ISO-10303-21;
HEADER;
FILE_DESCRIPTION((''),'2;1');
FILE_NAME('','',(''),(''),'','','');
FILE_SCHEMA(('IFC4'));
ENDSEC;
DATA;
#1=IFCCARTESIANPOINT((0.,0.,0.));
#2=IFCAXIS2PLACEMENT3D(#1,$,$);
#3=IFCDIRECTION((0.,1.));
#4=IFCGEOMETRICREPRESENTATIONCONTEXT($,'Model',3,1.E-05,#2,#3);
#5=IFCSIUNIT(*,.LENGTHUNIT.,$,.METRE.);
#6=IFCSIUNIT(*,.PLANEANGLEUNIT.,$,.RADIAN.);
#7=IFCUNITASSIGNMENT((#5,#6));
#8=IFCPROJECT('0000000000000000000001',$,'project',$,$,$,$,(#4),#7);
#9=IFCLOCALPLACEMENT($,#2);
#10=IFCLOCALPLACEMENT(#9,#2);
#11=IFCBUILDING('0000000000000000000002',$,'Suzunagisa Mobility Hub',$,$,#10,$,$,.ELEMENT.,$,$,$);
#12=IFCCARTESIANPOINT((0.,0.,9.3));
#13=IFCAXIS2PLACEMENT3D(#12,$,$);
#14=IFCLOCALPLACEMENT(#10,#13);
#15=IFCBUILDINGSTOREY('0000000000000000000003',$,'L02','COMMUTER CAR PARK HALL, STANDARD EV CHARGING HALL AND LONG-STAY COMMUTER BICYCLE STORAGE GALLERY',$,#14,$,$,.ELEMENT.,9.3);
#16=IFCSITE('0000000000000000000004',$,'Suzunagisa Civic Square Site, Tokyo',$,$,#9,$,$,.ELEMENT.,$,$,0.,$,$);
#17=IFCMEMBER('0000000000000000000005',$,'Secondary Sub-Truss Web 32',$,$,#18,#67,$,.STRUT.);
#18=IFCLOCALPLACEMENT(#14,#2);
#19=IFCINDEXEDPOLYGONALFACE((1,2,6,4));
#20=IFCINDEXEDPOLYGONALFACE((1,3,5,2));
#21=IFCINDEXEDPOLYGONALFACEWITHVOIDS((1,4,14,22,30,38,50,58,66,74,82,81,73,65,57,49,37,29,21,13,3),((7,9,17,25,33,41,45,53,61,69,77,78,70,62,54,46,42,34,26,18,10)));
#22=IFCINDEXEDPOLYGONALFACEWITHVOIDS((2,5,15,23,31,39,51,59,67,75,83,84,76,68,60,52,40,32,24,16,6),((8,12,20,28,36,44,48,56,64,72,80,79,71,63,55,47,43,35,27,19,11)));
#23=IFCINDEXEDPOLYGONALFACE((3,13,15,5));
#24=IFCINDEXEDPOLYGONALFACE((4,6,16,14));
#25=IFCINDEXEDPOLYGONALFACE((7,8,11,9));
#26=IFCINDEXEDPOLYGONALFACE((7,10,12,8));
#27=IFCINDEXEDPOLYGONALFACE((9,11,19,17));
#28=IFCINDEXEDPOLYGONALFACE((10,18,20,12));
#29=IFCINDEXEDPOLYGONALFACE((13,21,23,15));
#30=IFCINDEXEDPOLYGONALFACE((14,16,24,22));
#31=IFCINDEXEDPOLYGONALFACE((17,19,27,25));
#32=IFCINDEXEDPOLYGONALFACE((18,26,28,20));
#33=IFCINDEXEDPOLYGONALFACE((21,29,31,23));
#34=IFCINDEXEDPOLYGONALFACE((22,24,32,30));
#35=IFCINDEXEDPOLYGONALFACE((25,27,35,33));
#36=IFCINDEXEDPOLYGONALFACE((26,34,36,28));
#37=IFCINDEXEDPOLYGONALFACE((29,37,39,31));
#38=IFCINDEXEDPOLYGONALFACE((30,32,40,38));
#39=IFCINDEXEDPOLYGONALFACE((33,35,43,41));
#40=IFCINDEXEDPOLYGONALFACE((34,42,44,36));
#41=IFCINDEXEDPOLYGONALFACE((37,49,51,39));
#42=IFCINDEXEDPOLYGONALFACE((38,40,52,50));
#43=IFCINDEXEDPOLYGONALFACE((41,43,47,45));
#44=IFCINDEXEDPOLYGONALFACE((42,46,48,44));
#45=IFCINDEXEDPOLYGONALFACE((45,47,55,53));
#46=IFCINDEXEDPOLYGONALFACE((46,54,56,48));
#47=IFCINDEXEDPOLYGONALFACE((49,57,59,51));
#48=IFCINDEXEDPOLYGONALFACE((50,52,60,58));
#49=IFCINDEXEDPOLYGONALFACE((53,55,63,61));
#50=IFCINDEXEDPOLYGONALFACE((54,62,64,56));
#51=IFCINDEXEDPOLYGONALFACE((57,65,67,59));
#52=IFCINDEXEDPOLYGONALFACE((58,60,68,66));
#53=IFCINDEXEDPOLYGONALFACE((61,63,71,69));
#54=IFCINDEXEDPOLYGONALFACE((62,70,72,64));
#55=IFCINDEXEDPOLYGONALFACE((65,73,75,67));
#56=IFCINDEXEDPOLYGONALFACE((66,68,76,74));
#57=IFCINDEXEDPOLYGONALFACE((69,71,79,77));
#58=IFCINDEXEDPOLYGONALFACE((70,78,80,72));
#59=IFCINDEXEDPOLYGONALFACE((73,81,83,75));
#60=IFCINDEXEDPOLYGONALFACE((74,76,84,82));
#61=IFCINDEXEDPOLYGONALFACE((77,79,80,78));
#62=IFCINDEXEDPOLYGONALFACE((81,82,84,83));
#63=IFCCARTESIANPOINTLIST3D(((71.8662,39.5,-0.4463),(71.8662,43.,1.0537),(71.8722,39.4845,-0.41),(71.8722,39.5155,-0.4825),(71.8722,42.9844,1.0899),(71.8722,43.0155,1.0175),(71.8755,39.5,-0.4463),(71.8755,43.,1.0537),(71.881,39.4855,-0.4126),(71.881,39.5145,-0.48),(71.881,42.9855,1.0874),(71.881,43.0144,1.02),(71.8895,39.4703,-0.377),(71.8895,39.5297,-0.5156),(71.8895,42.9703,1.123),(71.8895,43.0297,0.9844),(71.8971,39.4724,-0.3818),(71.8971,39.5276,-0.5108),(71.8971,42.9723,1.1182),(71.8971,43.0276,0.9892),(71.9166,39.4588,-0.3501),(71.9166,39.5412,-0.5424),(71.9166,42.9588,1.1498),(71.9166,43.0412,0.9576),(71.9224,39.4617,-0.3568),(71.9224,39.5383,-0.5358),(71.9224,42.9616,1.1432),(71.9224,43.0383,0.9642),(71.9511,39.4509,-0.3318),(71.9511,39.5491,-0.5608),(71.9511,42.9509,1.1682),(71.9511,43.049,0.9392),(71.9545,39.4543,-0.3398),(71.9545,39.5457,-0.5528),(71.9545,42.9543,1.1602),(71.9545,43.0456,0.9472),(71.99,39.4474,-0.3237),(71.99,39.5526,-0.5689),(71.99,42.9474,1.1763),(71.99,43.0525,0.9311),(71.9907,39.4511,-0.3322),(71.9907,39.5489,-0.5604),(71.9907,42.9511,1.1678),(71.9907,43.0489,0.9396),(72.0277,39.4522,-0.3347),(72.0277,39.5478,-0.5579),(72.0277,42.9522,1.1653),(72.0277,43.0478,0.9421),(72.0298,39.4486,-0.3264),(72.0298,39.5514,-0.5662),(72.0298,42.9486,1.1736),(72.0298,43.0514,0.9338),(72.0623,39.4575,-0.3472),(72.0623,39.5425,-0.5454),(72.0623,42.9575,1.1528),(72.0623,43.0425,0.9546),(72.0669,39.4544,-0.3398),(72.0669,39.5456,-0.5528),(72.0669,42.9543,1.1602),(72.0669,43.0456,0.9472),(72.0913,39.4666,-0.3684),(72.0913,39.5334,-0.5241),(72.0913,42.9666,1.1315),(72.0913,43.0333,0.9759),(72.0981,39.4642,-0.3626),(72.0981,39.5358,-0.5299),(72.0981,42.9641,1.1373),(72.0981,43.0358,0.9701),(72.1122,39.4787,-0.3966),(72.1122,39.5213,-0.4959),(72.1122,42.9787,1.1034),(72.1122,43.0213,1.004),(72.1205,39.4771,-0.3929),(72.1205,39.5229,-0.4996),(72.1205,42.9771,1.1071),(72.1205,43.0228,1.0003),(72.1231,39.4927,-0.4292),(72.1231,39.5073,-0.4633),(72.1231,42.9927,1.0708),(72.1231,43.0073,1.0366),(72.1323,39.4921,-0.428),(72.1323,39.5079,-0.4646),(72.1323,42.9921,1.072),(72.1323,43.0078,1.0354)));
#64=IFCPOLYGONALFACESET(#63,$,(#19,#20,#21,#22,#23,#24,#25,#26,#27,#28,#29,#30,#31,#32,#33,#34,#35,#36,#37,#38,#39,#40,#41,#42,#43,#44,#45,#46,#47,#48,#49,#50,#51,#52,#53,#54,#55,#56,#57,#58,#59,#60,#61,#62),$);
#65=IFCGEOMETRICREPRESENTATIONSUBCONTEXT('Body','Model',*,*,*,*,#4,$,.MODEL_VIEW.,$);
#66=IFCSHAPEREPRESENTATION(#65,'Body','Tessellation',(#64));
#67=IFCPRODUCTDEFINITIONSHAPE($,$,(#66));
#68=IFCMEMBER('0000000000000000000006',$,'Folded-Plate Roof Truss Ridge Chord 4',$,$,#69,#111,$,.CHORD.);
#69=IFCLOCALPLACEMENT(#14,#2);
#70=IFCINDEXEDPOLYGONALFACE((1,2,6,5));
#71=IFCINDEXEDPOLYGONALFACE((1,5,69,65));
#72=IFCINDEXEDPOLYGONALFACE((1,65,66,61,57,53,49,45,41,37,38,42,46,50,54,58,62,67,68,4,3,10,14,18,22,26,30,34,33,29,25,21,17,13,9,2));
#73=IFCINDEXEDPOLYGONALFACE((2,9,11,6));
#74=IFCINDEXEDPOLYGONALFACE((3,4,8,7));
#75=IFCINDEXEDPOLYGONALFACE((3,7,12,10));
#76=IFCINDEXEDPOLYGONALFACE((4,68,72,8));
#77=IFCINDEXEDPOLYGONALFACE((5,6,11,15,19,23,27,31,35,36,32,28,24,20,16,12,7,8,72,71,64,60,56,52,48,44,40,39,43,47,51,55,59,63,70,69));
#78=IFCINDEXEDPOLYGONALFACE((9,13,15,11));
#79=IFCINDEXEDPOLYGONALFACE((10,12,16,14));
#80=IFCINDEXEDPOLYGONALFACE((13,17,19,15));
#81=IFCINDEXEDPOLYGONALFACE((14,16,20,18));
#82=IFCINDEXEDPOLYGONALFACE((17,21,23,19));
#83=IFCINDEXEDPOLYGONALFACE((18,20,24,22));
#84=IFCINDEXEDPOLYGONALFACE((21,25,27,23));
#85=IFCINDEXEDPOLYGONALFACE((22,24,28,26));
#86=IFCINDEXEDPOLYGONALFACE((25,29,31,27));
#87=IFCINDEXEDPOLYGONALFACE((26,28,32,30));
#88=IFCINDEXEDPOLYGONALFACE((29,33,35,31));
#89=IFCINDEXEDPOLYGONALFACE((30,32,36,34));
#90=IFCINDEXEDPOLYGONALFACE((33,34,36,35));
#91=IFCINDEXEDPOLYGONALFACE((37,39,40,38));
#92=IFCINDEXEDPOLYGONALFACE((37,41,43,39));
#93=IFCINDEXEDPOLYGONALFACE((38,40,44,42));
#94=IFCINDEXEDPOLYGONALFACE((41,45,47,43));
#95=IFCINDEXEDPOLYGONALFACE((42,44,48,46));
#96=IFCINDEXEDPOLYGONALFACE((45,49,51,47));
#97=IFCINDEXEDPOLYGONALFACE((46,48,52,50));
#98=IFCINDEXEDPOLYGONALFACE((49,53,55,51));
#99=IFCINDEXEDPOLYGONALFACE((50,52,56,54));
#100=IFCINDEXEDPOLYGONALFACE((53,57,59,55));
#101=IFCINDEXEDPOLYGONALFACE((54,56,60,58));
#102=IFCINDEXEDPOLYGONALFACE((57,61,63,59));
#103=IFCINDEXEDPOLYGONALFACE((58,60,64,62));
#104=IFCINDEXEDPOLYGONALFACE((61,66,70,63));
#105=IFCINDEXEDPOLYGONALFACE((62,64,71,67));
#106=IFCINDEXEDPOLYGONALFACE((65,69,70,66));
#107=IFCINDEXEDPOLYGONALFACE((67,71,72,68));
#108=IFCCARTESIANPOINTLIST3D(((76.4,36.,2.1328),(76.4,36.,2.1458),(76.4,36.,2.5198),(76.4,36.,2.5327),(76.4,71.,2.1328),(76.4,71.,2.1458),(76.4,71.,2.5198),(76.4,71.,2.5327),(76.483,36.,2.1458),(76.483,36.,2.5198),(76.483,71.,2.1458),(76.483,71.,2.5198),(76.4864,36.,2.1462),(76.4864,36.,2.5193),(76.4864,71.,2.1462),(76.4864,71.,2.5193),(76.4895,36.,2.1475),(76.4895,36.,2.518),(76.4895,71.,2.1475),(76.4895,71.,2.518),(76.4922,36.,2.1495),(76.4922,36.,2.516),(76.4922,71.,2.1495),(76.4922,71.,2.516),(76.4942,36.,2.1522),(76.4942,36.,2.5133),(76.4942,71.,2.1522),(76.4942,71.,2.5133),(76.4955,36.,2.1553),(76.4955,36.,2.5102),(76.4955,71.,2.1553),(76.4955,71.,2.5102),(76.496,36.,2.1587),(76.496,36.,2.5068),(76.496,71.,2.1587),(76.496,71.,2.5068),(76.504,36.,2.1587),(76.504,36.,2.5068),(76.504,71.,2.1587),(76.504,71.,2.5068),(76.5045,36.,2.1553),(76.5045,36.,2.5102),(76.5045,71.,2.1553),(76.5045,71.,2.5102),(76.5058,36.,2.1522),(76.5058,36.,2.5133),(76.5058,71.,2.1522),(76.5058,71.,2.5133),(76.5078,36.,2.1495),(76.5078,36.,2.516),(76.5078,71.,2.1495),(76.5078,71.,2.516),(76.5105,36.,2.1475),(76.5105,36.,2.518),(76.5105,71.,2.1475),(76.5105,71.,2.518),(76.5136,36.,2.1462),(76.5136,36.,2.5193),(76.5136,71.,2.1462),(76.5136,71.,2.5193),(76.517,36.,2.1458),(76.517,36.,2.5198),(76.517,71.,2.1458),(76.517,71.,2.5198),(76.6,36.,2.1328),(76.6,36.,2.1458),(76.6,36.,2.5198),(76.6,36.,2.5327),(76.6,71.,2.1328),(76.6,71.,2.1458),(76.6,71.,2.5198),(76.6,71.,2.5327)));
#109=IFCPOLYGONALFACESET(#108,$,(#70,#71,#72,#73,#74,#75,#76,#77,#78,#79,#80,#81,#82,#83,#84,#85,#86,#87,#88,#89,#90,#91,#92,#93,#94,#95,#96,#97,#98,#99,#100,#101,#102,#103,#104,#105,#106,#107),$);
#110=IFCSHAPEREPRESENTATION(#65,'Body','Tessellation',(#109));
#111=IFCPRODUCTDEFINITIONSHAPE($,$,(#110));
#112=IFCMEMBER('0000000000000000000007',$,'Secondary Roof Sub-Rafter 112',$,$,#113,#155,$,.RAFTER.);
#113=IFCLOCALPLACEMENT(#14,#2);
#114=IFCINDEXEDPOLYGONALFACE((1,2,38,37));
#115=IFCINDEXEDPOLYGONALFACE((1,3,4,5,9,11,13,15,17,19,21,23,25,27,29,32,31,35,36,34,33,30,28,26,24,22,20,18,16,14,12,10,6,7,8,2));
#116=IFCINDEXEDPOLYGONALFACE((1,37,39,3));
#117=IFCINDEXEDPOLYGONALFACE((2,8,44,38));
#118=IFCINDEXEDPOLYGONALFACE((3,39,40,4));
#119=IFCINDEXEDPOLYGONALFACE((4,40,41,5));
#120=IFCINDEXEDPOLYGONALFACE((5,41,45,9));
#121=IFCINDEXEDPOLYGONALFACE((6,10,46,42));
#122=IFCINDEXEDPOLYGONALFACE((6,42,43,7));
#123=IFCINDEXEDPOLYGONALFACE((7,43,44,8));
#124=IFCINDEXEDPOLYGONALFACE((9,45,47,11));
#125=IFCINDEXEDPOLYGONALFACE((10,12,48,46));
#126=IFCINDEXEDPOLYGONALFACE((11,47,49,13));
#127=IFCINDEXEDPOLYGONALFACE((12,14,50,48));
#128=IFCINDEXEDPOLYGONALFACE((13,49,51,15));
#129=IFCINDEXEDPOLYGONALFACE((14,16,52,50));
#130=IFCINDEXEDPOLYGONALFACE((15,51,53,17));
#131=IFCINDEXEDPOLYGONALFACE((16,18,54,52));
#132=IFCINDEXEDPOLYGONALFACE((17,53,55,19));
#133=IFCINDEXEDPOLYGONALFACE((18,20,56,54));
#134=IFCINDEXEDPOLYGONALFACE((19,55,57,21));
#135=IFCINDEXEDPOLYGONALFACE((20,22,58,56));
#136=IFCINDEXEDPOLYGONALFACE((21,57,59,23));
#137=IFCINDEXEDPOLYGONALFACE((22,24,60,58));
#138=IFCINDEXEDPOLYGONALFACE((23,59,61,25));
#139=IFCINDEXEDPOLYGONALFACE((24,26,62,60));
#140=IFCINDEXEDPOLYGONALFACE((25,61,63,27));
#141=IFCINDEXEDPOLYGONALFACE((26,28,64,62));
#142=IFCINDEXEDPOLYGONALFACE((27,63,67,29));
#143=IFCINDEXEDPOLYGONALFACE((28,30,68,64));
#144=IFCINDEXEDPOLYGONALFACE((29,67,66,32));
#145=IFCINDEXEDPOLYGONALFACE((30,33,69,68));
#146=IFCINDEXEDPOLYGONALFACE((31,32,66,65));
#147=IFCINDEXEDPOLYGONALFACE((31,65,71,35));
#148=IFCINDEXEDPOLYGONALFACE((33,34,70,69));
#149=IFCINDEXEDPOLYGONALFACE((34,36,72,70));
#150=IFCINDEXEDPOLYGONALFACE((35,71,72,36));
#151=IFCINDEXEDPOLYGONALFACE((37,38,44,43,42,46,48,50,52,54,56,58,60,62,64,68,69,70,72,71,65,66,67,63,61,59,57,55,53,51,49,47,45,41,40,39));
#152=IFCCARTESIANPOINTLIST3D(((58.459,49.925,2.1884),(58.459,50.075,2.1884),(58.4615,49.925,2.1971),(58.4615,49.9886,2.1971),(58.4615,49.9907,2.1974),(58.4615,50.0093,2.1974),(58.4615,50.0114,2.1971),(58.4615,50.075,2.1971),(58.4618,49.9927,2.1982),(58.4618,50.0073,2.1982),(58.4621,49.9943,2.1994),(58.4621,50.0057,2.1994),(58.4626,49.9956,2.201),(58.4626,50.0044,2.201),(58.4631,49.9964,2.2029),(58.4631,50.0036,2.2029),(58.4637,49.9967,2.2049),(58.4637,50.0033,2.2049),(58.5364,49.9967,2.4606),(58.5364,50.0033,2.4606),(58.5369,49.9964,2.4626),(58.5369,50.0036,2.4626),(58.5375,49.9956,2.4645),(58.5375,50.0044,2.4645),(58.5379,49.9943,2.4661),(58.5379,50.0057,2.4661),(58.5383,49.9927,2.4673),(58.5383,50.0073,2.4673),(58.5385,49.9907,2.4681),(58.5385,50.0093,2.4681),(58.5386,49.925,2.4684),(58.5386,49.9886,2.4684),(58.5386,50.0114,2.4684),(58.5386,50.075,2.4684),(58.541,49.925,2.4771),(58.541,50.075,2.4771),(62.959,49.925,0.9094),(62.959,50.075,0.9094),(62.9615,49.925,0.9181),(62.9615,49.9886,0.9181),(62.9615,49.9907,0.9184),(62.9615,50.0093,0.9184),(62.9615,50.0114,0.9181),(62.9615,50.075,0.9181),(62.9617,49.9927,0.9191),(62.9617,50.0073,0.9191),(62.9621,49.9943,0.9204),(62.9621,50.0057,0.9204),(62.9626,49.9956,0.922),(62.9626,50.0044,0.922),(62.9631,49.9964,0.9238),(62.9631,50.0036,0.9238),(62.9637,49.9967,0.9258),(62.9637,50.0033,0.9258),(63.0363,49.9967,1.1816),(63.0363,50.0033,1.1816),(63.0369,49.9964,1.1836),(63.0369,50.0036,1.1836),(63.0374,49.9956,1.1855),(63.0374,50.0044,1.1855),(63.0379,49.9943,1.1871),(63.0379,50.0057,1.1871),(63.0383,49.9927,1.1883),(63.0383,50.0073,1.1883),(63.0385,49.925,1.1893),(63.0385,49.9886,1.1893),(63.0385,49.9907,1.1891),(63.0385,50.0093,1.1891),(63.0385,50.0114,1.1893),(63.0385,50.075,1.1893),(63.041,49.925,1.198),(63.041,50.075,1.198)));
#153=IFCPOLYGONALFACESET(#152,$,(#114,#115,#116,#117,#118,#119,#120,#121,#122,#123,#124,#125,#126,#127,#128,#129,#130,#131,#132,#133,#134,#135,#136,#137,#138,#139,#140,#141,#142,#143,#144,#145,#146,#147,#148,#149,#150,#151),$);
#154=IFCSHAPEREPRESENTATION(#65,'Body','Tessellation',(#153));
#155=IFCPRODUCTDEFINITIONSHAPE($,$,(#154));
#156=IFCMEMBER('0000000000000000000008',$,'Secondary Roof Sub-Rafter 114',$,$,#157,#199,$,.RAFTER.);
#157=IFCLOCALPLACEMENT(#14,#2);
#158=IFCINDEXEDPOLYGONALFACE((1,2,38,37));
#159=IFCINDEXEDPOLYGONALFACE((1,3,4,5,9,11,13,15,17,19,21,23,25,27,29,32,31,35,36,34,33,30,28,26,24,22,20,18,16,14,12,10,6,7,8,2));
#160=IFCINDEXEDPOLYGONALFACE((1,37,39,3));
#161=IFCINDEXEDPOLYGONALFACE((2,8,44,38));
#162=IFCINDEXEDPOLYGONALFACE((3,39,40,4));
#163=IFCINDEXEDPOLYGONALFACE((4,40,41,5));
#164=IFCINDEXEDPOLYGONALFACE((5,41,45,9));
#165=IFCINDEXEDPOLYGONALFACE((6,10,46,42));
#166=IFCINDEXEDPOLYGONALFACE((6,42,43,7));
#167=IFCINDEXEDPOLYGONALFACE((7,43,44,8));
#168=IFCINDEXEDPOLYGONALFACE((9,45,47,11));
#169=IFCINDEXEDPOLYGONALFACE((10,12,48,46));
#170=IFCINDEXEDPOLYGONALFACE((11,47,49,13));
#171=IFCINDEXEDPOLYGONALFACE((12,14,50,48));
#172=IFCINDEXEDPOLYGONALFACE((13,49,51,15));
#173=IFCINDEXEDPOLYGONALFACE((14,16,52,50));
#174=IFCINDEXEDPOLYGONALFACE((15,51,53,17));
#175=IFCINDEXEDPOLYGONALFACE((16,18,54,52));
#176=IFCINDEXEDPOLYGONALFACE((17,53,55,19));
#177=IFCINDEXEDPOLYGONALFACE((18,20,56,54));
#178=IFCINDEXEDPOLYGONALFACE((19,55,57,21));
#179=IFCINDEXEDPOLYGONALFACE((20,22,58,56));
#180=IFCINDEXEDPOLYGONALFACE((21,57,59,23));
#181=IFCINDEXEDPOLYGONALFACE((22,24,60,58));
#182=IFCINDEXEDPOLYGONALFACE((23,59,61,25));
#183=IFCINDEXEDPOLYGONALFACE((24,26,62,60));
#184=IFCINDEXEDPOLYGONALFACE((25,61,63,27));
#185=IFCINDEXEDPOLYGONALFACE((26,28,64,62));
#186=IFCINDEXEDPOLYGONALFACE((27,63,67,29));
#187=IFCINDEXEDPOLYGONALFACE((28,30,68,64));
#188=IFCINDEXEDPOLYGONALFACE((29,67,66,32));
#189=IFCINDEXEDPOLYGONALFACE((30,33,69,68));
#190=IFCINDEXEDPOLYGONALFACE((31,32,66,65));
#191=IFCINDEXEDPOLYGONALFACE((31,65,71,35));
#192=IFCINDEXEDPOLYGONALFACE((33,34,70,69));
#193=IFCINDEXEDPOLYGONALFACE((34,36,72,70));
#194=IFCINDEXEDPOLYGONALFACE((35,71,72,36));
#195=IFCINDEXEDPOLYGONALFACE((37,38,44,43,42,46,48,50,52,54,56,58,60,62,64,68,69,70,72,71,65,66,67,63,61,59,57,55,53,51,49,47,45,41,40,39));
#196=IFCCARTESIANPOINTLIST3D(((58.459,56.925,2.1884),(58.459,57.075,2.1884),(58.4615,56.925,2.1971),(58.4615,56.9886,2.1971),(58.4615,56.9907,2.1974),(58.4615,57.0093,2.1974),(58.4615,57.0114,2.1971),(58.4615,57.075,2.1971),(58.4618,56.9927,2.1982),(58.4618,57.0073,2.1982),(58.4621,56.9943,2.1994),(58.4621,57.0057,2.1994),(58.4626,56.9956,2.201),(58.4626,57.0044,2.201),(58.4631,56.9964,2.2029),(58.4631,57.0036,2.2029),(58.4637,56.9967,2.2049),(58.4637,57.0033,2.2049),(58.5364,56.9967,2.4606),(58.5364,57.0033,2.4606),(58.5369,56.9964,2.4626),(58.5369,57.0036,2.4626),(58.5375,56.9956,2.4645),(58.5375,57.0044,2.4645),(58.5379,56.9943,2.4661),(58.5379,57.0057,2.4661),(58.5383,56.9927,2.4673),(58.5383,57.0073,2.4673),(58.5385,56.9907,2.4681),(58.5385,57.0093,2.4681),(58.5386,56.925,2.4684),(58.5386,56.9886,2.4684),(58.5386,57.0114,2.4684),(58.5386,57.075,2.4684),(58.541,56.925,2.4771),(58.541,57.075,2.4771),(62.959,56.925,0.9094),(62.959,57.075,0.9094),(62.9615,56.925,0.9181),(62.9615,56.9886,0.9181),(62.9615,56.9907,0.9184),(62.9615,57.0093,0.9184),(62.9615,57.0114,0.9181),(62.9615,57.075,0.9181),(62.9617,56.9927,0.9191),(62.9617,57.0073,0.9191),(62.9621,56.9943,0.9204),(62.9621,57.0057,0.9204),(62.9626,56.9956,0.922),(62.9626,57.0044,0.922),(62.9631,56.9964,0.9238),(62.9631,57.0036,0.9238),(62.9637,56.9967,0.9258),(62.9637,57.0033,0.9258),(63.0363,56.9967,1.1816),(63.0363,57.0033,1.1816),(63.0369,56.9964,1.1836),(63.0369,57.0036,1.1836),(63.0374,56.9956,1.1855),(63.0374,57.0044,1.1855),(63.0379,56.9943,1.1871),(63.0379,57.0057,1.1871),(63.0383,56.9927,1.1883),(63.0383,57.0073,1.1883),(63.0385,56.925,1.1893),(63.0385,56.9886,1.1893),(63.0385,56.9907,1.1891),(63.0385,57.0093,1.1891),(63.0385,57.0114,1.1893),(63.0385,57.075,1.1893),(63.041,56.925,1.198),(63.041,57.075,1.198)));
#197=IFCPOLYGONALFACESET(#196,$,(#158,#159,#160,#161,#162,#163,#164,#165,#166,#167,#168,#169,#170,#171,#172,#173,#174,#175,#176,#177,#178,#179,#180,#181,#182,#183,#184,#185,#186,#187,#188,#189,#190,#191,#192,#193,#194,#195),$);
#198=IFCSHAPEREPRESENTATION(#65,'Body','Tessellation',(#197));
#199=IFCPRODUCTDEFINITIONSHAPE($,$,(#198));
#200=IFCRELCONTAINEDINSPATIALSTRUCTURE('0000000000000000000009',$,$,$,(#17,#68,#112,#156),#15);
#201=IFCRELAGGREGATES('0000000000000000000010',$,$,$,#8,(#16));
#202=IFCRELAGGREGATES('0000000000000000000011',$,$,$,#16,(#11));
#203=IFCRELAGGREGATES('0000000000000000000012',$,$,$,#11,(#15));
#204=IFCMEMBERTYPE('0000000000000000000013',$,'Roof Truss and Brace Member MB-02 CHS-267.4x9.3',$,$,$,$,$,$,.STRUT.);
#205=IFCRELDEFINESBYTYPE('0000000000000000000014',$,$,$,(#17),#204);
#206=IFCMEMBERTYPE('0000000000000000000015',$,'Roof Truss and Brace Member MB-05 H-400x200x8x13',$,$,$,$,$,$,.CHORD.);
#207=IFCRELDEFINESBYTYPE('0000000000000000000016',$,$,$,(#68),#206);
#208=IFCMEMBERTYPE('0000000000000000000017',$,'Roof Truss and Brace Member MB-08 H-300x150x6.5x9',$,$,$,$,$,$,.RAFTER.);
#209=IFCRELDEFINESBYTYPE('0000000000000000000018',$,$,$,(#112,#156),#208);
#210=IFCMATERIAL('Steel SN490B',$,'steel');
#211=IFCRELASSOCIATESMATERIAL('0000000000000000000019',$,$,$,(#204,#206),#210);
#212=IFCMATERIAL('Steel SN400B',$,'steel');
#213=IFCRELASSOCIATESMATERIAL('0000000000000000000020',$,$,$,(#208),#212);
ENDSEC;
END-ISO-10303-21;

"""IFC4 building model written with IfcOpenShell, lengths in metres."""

from ifc_helpers import new_model, si_unit, direction, frame, origin, origin_2d, place, context, subcontext, project, spatial, hollow_circle, i_section, extrude, material, material_profile, profile_set, type_object, element, save


model = new_model("IFC4")

# Units and contexts
model_context = context("Model", 3, precision=1e-05, world=origin(), true_north=direction((0.0, 1.0)))
body_context = subcontext(model_context, "Body", "Model", "MODEL_VIEW")
ifc_project = project(units=[si_unit("LENGTHUNIT", "METRE"), si_unit("PLANEANGLEUNIT", "RADIAN")], contexts=[model_context])

# Site, building, storey
site_placement = place(None, origin())
site = spatial("IfcSite", under=ifc_project, at=site_placement, Name="Suzunagisa Civic Square Site, Tokyo", CompositionType="ELEMENT", RefElevation=0.0)
building_placement = place(site_placement, origin())
building = spatial("IfcBuilding", under=site, at=building_placement, Name="Suzunagisa Mobility Hub", CompositionType="ELEMENT")
storey_placement = place(building_placement, frame((0.0, 0.0, 9.3)))
storey = spatial("IfcBuildingStorey", under=building, at=storey_placement, Name="L02", Description="COMMUTER CAR PARK HALL, STANDARD EV CHARGING HALL AND LONG-STAY COMMUTER BICYCLE STORAGE GALLERY", CompositionType="ELEMENT", Elevation=9.3)

# Members
ifc_material_1 = material(Name="Steel SN490B", Category="steel")
ifc_material_profile_1 = material_profile(ifc_material_1, hollow_circle(Radius=0.1338, WallThickness=0.0093, at=origin_2d()), Name="CHS-267.4x9.3")
ifc_profile_set_1 = profile_set([ifc_material_profile_1], Name="Steel SN490B")
member_type_1 = type_object("IfcMemberType", Name="Roof Truss and Brace Member MB-02 CHS-267.4x9.3", PredefinedType="STRUT", material=ifc_profile_set_1)
member_1_placement = place(storey_placement, frame((72.0, 39.5, -0.4463), z_axis=(0.0, 0.919145, 0.393919), x_axis=(-1.0, 0.0, 0.0)))
element("IfcMember", 1, at=member_1_placement, inside=storey, type_object=member_type_1, Name="Secondary Sub-Truss Web 32", PredefinedType="STRUT", context=body_context, shape_type="SweptSolid", body=[
    extrude(hollow_circle(Radius=0.1338, WallThickness=0.0093, at=origin_2d()), origin(), (0.0, 0.0, 1.0), 3.8079),
])
ifc_material_profile_2 = material_profile(ifc_material_1, i_section(OverallWidth=0.2, OverallDepth=0.3999, WebThickness=0.0081, FlangeThickness=0.0129, FilletRadius=0.0129, at=origin_2d()), Name="H-400x200x8x13")
ifc_profile_set_2 = profile_set([ifc_material_profile_2], Name="Steel SN490B")
member_type_2 = type_object("IfcMemberType", Name="Roof Truss and Brace Member MB-05 H-400x200x8x13", PredefinedType="CHORD", material=ifc_profile_set_2)
member_2_placement = place(storey_placement, frame((76.5, 36.0, 2.3328), z_axis=(0.0, 1.0, 0.0), x_axis=(-1.0, 0.0, 0.0)))
element("IfcMember", 2, at=member_2_placement, inside=storey, type_object=member_type_2, Name="Folded-Plate Roof Truss Ridge Chord 4", PredefinedType="CHORD", context=body_context, shape_type="SweptSolid", body=[
    extrude(i_section(OverallWidth=0.2, OverallDepth=0.3999, WebThickness=0.0081, FlangeThickness=0.0129, FilletRadius=0.0129, at=origin_2d()), origin(), (0.0, 0.0, 1.0), 35.0),
])
ifc_material_2 = material(Name="Steel SN400B", Category="steel")
ifc_material_profile_3 = material_profile(ifc_material_2, i_section(OverallWidth=0.1499, OverallDepth=0.3, WebThickness=0.0066, FlangeThickness=0.009, FilletRadius=0.0081, at=origin_2d()), Name="H-300x150x6.5x9")
ifc_profile_set_3 = profile_set([ifc_material_profile_3], Name="Steel SN400B")
member_type_3 = type_object("IfcMemberType", Name="Roof Truss and Brace Member MB-08 H-300x150x6.5x9", PredefinedType="RAFTER", material=ifc_profile_set_3)
for number, where, z_axis, x_axis, name in (
    (3, (63.0, 50.0, 1.0537), (-0.961899, 0.0, 0.273404), (0.0, -1.0, 0.0), "Secondary Roof Sub-Rafter 112"),
    (4, (63.0, 57.0, 1.0537), (-0.961899, 0.0, 0.273404), (0.0, -1.0, 0.0), "Secondary Roof Sub-Rafter 114"),
):
    element("IfcMember", number, at=place(storey_placement, frame(where, z_axis=z_axis, x_axis=x_axis)), inside=storey, type_object=member_type_3, Name=name, PredefinedType="RAFTER", context=body_context, shape_type="SweptSolid", body=[
        extrude(i_section(OverallWidth=0.1499, OverallDepth=0.3, WebThickness=0.0066, FlangeThickness=0.009, FilletRadius=0.0081, at=origin_2d()), origin(), (0.0, 0.0, 1.0), 4.6782),
    ])

save(model, "model.ifc")
